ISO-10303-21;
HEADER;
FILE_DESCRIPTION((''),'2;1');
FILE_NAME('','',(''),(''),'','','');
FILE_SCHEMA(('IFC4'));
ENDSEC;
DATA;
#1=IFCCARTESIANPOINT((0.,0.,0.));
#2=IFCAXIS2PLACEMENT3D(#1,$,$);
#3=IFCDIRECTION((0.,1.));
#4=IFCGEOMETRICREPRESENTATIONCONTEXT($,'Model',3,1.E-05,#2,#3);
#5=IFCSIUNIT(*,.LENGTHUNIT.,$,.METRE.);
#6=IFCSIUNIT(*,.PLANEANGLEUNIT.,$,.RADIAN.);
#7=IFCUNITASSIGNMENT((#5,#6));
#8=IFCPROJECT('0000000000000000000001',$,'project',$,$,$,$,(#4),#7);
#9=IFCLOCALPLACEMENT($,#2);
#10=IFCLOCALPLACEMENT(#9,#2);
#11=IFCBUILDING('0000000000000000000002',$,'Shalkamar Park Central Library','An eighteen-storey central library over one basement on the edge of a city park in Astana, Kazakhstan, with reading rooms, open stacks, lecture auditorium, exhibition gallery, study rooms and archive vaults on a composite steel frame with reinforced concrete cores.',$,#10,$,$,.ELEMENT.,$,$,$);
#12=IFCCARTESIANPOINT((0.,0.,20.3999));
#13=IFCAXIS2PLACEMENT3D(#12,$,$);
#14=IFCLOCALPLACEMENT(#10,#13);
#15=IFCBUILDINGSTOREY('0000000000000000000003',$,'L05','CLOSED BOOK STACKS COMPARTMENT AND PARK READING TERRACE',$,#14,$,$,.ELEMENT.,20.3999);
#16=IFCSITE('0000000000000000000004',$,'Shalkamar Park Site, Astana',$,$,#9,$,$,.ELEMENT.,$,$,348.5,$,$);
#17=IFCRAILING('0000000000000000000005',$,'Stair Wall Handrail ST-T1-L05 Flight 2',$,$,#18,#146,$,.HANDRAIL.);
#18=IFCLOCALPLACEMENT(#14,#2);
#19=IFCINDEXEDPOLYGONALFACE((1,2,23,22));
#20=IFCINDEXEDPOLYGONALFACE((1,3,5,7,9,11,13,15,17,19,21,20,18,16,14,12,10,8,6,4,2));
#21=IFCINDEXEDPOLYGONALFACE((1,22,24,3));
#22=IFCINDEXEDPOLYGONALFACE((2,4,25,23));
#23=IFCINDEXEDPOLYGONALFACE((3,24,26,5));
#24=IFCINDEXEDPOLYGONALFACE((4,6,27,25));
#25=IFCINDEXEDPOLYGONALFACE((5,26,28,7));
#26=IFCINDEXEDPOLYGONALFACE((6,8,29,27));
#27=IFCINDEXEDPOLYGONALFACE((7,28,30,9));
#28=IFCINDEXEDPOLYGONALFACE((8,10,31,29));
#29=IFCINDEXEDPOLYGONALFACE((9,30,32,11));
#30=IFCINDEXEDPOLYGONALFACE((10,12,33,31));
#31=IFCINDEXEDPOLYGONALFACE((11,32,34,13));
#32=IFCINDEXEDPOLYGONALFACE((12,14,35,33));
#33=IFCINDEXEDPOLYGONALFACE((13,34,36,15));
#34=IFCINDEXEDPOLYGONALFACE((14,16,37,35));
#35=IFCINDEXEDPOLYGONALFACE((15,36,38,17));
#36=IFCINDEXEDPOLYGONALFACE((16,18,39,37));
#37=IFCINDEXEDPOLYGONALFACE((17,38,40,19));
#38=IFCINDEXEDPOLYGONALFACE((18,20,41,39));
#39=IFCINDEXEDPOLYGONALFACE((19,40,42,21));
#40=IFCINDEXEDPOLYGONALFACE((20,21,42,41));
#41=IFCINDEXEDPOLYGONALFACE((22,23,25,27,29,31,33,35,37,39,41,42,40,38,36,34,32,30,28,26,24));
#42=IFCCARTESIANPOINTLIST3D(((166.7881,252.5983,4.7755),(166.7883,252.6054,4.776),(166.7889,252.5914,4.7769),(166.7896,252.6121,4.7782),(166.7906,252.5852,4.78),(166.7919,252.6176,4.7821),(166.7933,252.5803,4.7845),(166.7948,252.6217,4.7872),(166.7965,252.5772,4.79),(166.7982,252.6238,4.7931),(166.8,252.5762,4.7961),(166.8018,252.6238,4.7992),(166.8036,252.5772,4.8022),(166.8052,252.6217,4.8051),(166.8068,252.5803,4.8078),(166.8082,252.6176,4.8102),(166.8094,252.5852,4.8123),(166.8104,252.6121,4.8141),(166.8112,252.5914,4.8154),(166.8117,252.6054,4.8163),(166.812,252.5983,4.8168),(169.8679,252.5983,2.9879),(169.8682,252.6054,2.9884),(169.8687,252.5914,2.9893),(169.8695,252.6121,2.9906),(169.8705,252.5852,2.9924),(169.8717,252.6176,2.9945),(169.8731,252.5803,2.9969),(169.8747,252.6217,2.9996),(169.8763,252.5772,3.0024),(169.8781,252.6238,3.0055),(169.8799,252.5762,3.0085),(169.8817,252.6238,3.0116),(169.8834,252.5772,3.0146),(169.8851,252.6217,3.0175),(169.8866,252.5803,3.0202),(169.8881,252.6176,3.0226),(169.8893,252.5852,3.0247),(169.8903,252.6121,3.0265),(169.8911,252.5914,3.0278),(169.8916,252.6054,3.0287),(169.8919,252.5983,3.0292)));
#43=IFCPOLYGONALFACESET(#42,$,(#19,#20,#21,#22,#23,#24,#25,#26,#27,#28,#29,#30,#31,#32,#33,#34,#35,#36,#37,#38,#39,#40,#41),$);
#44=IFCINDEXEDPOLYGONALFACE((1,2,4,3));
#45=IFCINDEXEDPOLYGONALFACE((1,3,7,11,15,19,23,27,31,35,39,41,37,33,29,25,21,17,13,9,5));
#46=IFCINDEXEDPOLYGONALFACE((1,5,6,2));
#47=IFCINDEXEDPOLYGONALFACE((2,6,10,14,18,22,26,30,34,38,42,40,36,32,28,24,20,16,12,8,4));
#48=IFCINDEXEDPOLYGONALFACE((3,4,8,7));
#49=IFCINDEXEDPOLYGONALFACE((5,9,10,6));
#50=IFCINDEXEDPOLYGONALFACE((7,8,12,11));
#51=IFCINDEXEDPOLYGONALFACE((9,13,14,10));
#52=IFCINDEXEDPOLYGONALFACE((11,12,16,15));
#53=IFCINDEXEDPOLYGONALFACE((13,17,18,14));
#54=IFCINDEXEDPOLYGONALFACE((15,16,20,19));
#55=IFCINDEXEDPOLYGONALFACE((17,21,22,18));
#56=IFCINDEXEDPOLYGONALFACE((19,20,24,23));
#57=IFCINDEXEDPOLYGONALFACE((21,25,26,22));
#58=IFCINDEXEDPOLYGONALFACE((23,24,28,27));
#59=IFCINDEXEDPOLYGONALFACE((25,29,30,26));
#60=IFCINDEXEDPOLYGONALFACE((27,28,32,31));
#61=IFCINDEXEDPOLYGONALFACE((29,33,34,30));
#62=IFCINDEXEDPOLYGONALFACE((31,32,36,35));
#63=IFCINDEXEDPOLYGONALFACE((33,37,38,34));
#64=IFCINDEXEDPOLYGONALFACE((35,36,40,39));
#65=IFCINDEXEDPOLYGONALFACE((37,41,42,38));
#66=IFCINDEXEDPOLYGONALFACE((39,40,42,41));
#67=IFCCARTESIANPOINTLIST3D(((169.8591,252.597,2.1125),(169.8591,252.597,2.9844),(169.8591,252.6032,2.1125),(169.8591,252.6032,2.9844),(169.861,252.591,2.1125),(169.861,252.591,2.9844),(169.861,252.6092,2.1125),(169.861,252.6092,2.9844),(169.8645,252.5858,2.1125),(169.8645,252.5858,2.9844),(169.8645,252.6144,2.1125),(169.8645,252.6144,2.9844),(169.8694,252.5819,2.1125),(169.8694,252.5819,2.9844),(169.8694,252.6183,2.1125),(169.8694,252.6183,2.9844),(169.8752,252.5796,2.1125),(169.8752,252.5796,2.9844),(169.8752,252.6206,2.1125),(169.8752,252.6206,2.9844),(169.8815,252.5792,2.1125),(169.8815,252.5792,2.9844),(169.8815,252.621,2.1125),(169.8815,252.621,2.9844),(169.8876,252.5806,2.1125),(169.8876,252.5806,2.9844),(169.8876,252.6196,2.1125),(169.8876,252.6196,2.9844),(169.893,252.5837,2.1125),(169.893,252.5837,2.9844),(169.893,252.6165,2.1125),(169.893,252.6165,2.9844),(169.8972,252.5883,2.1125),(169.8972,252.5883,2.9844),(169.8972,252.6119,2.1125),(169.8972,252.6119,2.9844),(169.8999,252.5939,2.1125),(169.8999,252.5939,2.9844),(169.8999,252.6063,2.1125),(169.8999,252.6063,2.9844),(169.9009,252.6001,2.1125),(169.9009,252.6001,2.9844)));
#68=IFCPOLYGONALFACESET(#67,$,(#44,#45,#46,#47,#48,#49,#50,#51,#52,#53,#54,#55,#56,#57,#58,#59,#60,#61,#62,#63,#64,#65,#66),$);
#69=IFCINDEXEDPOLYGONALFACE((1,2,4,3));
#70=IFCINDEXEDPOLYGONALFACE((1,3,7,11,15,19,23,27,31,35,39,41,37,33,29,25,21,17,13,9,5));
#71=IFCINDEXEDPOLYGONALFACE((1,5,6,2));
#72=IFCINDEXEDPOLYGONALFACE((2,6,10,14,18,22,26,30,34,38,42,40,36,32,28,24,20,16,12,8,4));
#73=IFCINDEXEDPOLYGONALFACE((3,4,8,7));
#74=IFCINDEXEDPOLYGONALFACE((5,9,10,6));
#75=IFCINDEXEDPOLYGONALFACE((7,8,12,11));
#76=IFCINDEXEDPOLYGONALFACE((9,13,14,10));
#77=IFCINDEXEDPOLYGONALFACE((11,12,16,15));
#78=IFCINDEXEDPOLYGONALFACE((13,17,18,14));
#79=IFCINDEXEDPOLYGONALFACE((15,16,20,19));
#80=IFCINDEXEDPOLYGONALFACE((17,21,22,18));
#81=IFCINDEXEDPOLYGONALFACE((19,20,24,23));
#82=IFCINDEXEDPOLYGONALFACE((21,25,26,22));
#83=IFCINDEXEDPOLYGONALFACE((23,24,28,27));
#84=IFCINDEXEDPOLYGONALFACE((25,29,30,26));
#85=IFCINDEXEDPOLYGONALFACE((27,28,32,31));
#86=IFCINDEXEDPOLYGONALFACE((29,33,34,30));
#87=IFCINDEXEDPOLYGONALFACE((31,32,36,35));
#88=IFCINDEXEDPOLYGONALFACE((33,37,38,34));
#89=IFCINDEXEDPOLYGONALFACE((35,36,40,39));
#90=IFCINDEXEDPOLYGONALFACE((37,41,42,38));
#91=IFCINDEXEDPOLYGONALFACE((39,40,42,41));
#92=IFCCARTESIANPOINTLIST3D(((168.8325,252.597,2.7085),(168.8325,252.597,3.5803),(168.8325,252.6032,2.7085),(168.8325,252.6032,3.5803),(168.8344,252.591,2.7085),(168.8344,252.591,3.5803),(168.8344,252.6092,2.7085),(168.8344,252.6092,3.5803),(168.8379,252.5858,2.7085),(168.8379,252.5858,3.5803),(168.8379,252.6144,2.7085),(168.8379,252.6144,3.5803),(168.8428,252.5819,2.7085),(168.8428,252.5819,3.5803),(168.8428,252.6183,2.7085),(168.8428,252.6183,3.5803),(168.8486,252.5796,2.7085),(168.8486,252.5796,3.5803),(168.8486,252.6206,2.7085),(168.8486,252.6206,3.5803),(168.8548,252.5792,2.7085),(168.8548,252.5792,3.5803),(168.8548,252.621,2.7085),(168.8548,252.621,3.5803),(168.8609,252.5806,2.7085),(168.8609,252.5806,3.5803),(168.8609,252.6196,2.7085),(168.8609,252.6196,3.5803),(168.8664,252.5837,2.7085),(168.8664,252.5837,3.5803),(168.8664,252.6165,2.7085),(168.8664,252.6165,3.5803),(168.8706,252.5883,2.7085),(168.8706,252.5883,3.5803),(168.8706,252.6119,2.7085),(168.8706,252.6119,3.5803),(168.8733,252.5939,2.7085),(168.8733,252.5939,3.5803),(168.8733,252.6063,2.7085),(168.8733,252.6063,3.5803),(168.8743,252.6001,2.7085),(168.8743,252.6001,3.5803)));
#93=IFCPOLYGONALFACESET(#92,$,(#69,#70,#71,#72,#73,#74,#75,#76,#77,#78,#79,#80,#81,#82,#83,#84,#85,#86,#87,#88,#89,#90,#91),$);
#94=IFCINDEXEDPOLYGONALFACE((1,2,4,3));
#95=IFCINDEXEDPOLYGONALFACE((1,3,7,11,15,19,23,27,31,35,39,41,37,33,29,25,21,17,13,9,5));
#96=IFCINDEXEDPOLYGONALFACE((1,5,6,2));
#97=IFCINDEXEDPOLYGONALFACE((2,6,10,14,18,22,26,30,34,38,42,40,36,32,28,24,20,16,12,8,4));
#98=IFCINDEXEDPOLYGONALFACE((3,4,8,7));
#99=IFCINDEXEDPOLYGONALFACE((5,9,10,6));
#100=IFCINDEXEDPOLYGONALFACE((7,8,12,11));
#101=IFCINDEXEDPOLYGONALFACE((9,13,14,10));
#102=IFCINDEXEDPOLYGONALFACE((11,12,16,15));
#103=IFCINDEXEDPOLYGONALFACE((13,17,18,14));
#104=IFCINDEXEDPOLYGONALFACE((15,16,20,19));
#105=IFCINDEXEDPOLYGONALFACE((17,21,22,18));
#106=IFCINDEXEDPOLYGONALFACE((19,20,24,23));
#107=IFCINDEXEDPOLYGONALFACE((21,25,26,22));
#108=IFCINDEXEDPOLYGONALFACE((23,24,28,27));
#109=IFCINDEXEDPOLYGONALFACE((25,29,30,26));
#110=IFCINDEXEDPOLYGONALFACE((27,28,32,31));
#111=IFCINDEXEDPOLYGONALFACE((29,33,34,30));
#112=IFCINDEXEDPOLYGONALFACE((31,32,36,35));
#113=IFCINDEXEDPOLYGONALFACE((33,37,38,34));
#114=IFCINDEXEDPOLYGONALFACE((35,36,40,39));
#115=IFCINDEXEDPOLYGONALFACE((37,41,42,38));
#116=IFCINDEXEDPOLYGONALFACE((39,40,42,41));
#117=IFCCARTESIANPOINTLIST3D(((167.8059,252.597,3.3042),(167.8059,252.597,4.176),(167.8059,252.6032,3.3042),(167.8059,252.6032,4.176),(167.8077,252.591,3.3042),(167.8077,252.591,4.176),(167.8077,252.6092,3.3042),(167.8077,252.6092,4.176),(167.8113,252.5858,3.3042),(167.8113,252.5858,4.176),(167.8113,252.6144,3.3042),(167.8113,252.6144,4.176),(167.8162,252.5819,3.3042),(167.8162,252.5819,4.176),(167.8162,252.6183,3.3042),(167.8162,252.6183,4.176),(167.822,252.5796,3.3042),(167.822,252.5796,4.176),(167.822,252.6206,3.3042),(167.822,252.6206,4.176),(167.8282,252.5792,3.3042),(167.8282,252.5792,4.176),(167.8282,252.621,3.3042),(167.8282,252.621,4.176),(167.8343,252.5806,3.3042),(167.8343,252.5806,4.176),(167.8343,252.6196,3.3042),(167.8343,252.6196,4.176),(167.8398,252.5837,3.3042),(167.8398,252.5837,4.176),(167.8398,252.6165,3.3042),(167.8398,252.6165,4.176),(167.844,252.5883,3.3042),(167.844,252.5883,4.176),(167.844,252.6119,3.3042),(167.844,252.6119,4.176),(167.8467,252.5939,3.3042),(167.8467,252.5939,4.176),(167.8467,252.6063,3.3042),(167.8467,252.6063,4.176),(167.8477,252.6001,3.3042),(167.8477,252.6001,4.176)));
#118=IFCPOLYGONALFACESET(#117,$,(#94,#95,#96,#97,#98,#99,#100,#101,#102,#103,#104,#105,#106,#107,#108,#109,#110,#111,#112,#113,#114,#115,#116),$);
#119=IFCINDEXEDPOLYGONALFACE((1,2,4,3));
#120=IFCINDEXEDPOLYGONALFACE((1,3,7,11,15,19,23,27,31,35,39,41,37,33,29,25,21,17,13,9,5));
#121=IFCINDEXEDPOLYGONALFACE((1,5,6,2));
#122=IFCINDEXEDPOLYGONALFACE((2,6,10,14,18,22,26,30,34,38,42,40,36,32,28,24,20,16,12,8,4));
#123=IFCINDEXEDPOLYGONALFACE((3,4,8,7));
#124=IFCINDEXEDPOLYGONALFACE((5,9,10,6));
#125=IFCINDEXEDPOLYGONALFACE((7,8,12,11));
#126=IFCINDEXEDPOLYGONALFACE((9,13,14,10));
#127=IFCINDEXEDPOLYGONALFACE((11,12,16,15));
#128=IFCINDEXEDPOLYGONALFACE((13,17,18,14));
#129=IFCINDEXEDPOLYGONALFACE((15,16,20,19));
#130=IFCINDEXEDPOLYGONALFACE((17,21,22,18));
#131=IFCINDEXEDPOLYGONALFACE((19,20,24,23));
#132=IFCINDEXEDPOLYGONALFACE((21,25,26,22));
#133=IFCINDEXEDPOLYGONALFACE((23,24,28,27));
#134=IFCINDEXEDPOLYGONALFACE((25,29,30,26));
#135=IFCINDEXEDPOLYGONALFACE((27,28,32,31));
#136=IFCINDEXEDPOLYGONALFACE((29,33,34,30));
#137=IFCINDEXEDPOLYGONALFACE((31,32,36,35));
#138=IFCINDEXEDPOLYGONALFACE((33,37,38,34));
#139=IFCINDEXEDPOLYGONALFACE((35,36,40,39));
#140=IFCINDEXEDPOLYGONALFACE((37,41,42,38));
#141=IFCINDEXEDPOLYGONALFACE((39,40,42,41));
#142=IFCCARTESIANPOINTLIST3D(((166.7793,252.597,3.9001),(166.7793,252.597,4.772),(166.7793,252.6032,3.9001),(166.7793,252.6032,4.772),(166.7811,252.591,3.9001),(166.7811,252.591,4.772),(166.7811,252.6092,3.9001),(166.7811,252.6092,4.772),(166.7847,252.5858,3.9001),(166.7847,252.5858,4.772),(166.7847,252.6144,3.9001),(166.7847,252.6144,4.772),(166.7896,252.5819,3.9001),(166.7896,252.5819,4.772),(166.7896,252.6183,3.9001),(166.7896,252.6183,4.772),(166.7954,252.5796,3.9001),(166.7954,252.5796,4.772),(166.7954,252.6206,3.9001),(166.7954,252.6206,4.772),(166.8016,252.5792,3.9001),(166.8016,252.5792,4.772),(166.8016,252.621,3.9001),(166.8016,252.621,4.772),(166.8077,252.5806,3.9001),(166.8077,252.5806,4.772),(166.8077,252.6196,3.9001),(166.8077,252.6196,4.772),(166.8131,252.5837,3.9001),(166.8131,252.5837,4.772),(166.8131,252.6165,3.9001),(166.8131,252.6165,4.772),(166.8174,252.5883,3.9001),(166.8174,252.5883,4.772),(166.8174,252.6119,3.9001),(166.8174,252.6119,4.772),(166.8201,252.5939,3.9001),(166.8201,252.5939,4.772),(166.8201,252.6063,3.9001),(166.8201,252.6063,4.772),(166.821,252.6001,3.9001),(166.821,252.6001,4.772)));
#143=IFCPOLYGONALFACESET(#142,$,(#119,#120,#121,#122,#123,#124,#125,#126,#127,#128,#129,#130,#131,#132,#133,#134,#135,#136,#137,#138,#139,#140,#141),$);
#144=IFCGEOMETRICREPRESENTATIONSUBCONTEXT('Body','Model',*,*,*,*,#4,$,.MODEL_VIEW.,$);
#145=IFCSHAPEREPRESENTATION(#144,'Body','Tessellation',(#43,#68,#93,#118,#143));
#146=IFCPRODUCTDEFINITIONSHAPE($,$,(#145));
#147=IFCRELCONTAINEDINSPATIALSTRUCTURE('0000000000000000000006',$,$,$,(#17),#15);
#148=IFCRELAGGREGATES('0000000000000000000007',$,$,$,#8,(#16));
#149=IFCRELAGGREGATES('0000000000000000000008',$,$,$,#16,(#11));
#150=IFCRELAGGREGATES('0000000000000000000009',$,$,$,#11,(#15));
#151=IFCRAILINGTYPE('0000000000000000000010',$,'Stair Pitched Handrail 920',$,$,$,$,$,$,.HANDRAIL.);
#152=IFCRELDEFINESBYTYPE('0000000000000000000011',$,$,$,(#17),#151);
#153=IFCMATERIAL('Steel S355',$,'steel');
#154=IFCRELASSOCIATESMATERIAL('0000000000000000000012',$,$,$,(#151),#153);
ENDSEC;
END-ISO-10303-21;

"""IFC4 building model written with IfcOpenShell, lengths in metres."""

from ifc_helpers import new_model, si_unit, direction, frame, origin, origin_2d, place, context, subcontext, project, spatial, circle, extrude, material, type_object, element, save


model = new_model("IFC4")

# Units and contexts
model_context = context("Model", 3, precision=1e-05, world=origin(), true_north=direction((0.0, 1.0)))
body_context = subcontext(model_context, "Body", "Model", "MODEL_VIEW")
ifc_project = project(units=[si_unit("LENGTHUNIT", "METRE"), si_unit("PLANEANGLEUNIT", "RADIAN")], contexts=[model_context])

# Site, building, storey
site_placement = place(None, origin())
site = spatial("IfcSite", under=ifc_project, at=site_placement, Name="Shalkamar Park Site, Astana", CompositionType="ELEMENT", RefElevation=348.5)
building_placement = place(site_placement, origin())
building = spatial("IfcBuilding", under=site, at=building_placement, Name="Shalkamar Park Central Library", Description="An eighteen-storey central library over one basement on the edge of a city park in Astana, Kazakhstan, with reading rooms, open stacks, lecture auditorium, exhibition gallery, study rooms and archive vaults on a composite steel frame with reinforced concrete cores.", CompositionType="ELEMENT")
storey_placement = place(building_placement, frame((0.0, 0.0, 20.3999)))
storey = spatial("IfcBuildingStorey", under=building, at=storey_placement, Name="L05", Description="CLOSED BOOK STACKS COMPARTMENT AND PARK READING TERRACE", CompositionType="ELEMENT", Elevation=20.3999)

# Shared definitions
ifc_material_1 = material(Name="Steel S355", Category="steel")

# Railing
railing_type_1 = type_object("IfcRailingType", Name="Stair Pitched Handrail 920", PredefinedType="HANDRAIL", material=ifc_material_1)
railing_1_placement = place(storey_placement, frame((169.8799, 252.6001, 2.1125)))
element("IfcRailing", 1, at=railing_1_placement, inside=storey, type_object=railing_type_1, Name="Stair Wall Handrail ST-T1-L05 Flight 2", PredefinedType="HANDRAIL", context=body_context, shape_type="SweptSolid", body=[
    extrude(circle(Radius=0.0239, at=origin_2d()), frame((0.0, 0.0, 0.896), z_axis=(-0.864873, 0.0, 0.50199), x_axis=(0.0, -1.0, 0.0)), (0.0, 0.0, 1.0), 3.561),
    extrude(circle(Radius=0.021, at=origin_2d()), origin(), (0.0, 0.0, 1.0), 0.8718),
    extrude(circle(Radius=0.021, at=origin_2d()), frame((-1.0266, 0.0, 0.5959)), (0.0, 0.0, 1.0), 0.8718),
    extrude(circle(Radius=0.021, at=origin_2d()), frame((-2.0532, 0.0, 1.1917)), (0.0, 0.0, 1.0), 0.8718),
    extrude(circle(Radius=0.021, at=origin_2d()), frame((-3.0798, 0.0, 1.7876)), (0.0, 0.0, 1.0), 0.8718),
])

save(model, "model.ifc")
